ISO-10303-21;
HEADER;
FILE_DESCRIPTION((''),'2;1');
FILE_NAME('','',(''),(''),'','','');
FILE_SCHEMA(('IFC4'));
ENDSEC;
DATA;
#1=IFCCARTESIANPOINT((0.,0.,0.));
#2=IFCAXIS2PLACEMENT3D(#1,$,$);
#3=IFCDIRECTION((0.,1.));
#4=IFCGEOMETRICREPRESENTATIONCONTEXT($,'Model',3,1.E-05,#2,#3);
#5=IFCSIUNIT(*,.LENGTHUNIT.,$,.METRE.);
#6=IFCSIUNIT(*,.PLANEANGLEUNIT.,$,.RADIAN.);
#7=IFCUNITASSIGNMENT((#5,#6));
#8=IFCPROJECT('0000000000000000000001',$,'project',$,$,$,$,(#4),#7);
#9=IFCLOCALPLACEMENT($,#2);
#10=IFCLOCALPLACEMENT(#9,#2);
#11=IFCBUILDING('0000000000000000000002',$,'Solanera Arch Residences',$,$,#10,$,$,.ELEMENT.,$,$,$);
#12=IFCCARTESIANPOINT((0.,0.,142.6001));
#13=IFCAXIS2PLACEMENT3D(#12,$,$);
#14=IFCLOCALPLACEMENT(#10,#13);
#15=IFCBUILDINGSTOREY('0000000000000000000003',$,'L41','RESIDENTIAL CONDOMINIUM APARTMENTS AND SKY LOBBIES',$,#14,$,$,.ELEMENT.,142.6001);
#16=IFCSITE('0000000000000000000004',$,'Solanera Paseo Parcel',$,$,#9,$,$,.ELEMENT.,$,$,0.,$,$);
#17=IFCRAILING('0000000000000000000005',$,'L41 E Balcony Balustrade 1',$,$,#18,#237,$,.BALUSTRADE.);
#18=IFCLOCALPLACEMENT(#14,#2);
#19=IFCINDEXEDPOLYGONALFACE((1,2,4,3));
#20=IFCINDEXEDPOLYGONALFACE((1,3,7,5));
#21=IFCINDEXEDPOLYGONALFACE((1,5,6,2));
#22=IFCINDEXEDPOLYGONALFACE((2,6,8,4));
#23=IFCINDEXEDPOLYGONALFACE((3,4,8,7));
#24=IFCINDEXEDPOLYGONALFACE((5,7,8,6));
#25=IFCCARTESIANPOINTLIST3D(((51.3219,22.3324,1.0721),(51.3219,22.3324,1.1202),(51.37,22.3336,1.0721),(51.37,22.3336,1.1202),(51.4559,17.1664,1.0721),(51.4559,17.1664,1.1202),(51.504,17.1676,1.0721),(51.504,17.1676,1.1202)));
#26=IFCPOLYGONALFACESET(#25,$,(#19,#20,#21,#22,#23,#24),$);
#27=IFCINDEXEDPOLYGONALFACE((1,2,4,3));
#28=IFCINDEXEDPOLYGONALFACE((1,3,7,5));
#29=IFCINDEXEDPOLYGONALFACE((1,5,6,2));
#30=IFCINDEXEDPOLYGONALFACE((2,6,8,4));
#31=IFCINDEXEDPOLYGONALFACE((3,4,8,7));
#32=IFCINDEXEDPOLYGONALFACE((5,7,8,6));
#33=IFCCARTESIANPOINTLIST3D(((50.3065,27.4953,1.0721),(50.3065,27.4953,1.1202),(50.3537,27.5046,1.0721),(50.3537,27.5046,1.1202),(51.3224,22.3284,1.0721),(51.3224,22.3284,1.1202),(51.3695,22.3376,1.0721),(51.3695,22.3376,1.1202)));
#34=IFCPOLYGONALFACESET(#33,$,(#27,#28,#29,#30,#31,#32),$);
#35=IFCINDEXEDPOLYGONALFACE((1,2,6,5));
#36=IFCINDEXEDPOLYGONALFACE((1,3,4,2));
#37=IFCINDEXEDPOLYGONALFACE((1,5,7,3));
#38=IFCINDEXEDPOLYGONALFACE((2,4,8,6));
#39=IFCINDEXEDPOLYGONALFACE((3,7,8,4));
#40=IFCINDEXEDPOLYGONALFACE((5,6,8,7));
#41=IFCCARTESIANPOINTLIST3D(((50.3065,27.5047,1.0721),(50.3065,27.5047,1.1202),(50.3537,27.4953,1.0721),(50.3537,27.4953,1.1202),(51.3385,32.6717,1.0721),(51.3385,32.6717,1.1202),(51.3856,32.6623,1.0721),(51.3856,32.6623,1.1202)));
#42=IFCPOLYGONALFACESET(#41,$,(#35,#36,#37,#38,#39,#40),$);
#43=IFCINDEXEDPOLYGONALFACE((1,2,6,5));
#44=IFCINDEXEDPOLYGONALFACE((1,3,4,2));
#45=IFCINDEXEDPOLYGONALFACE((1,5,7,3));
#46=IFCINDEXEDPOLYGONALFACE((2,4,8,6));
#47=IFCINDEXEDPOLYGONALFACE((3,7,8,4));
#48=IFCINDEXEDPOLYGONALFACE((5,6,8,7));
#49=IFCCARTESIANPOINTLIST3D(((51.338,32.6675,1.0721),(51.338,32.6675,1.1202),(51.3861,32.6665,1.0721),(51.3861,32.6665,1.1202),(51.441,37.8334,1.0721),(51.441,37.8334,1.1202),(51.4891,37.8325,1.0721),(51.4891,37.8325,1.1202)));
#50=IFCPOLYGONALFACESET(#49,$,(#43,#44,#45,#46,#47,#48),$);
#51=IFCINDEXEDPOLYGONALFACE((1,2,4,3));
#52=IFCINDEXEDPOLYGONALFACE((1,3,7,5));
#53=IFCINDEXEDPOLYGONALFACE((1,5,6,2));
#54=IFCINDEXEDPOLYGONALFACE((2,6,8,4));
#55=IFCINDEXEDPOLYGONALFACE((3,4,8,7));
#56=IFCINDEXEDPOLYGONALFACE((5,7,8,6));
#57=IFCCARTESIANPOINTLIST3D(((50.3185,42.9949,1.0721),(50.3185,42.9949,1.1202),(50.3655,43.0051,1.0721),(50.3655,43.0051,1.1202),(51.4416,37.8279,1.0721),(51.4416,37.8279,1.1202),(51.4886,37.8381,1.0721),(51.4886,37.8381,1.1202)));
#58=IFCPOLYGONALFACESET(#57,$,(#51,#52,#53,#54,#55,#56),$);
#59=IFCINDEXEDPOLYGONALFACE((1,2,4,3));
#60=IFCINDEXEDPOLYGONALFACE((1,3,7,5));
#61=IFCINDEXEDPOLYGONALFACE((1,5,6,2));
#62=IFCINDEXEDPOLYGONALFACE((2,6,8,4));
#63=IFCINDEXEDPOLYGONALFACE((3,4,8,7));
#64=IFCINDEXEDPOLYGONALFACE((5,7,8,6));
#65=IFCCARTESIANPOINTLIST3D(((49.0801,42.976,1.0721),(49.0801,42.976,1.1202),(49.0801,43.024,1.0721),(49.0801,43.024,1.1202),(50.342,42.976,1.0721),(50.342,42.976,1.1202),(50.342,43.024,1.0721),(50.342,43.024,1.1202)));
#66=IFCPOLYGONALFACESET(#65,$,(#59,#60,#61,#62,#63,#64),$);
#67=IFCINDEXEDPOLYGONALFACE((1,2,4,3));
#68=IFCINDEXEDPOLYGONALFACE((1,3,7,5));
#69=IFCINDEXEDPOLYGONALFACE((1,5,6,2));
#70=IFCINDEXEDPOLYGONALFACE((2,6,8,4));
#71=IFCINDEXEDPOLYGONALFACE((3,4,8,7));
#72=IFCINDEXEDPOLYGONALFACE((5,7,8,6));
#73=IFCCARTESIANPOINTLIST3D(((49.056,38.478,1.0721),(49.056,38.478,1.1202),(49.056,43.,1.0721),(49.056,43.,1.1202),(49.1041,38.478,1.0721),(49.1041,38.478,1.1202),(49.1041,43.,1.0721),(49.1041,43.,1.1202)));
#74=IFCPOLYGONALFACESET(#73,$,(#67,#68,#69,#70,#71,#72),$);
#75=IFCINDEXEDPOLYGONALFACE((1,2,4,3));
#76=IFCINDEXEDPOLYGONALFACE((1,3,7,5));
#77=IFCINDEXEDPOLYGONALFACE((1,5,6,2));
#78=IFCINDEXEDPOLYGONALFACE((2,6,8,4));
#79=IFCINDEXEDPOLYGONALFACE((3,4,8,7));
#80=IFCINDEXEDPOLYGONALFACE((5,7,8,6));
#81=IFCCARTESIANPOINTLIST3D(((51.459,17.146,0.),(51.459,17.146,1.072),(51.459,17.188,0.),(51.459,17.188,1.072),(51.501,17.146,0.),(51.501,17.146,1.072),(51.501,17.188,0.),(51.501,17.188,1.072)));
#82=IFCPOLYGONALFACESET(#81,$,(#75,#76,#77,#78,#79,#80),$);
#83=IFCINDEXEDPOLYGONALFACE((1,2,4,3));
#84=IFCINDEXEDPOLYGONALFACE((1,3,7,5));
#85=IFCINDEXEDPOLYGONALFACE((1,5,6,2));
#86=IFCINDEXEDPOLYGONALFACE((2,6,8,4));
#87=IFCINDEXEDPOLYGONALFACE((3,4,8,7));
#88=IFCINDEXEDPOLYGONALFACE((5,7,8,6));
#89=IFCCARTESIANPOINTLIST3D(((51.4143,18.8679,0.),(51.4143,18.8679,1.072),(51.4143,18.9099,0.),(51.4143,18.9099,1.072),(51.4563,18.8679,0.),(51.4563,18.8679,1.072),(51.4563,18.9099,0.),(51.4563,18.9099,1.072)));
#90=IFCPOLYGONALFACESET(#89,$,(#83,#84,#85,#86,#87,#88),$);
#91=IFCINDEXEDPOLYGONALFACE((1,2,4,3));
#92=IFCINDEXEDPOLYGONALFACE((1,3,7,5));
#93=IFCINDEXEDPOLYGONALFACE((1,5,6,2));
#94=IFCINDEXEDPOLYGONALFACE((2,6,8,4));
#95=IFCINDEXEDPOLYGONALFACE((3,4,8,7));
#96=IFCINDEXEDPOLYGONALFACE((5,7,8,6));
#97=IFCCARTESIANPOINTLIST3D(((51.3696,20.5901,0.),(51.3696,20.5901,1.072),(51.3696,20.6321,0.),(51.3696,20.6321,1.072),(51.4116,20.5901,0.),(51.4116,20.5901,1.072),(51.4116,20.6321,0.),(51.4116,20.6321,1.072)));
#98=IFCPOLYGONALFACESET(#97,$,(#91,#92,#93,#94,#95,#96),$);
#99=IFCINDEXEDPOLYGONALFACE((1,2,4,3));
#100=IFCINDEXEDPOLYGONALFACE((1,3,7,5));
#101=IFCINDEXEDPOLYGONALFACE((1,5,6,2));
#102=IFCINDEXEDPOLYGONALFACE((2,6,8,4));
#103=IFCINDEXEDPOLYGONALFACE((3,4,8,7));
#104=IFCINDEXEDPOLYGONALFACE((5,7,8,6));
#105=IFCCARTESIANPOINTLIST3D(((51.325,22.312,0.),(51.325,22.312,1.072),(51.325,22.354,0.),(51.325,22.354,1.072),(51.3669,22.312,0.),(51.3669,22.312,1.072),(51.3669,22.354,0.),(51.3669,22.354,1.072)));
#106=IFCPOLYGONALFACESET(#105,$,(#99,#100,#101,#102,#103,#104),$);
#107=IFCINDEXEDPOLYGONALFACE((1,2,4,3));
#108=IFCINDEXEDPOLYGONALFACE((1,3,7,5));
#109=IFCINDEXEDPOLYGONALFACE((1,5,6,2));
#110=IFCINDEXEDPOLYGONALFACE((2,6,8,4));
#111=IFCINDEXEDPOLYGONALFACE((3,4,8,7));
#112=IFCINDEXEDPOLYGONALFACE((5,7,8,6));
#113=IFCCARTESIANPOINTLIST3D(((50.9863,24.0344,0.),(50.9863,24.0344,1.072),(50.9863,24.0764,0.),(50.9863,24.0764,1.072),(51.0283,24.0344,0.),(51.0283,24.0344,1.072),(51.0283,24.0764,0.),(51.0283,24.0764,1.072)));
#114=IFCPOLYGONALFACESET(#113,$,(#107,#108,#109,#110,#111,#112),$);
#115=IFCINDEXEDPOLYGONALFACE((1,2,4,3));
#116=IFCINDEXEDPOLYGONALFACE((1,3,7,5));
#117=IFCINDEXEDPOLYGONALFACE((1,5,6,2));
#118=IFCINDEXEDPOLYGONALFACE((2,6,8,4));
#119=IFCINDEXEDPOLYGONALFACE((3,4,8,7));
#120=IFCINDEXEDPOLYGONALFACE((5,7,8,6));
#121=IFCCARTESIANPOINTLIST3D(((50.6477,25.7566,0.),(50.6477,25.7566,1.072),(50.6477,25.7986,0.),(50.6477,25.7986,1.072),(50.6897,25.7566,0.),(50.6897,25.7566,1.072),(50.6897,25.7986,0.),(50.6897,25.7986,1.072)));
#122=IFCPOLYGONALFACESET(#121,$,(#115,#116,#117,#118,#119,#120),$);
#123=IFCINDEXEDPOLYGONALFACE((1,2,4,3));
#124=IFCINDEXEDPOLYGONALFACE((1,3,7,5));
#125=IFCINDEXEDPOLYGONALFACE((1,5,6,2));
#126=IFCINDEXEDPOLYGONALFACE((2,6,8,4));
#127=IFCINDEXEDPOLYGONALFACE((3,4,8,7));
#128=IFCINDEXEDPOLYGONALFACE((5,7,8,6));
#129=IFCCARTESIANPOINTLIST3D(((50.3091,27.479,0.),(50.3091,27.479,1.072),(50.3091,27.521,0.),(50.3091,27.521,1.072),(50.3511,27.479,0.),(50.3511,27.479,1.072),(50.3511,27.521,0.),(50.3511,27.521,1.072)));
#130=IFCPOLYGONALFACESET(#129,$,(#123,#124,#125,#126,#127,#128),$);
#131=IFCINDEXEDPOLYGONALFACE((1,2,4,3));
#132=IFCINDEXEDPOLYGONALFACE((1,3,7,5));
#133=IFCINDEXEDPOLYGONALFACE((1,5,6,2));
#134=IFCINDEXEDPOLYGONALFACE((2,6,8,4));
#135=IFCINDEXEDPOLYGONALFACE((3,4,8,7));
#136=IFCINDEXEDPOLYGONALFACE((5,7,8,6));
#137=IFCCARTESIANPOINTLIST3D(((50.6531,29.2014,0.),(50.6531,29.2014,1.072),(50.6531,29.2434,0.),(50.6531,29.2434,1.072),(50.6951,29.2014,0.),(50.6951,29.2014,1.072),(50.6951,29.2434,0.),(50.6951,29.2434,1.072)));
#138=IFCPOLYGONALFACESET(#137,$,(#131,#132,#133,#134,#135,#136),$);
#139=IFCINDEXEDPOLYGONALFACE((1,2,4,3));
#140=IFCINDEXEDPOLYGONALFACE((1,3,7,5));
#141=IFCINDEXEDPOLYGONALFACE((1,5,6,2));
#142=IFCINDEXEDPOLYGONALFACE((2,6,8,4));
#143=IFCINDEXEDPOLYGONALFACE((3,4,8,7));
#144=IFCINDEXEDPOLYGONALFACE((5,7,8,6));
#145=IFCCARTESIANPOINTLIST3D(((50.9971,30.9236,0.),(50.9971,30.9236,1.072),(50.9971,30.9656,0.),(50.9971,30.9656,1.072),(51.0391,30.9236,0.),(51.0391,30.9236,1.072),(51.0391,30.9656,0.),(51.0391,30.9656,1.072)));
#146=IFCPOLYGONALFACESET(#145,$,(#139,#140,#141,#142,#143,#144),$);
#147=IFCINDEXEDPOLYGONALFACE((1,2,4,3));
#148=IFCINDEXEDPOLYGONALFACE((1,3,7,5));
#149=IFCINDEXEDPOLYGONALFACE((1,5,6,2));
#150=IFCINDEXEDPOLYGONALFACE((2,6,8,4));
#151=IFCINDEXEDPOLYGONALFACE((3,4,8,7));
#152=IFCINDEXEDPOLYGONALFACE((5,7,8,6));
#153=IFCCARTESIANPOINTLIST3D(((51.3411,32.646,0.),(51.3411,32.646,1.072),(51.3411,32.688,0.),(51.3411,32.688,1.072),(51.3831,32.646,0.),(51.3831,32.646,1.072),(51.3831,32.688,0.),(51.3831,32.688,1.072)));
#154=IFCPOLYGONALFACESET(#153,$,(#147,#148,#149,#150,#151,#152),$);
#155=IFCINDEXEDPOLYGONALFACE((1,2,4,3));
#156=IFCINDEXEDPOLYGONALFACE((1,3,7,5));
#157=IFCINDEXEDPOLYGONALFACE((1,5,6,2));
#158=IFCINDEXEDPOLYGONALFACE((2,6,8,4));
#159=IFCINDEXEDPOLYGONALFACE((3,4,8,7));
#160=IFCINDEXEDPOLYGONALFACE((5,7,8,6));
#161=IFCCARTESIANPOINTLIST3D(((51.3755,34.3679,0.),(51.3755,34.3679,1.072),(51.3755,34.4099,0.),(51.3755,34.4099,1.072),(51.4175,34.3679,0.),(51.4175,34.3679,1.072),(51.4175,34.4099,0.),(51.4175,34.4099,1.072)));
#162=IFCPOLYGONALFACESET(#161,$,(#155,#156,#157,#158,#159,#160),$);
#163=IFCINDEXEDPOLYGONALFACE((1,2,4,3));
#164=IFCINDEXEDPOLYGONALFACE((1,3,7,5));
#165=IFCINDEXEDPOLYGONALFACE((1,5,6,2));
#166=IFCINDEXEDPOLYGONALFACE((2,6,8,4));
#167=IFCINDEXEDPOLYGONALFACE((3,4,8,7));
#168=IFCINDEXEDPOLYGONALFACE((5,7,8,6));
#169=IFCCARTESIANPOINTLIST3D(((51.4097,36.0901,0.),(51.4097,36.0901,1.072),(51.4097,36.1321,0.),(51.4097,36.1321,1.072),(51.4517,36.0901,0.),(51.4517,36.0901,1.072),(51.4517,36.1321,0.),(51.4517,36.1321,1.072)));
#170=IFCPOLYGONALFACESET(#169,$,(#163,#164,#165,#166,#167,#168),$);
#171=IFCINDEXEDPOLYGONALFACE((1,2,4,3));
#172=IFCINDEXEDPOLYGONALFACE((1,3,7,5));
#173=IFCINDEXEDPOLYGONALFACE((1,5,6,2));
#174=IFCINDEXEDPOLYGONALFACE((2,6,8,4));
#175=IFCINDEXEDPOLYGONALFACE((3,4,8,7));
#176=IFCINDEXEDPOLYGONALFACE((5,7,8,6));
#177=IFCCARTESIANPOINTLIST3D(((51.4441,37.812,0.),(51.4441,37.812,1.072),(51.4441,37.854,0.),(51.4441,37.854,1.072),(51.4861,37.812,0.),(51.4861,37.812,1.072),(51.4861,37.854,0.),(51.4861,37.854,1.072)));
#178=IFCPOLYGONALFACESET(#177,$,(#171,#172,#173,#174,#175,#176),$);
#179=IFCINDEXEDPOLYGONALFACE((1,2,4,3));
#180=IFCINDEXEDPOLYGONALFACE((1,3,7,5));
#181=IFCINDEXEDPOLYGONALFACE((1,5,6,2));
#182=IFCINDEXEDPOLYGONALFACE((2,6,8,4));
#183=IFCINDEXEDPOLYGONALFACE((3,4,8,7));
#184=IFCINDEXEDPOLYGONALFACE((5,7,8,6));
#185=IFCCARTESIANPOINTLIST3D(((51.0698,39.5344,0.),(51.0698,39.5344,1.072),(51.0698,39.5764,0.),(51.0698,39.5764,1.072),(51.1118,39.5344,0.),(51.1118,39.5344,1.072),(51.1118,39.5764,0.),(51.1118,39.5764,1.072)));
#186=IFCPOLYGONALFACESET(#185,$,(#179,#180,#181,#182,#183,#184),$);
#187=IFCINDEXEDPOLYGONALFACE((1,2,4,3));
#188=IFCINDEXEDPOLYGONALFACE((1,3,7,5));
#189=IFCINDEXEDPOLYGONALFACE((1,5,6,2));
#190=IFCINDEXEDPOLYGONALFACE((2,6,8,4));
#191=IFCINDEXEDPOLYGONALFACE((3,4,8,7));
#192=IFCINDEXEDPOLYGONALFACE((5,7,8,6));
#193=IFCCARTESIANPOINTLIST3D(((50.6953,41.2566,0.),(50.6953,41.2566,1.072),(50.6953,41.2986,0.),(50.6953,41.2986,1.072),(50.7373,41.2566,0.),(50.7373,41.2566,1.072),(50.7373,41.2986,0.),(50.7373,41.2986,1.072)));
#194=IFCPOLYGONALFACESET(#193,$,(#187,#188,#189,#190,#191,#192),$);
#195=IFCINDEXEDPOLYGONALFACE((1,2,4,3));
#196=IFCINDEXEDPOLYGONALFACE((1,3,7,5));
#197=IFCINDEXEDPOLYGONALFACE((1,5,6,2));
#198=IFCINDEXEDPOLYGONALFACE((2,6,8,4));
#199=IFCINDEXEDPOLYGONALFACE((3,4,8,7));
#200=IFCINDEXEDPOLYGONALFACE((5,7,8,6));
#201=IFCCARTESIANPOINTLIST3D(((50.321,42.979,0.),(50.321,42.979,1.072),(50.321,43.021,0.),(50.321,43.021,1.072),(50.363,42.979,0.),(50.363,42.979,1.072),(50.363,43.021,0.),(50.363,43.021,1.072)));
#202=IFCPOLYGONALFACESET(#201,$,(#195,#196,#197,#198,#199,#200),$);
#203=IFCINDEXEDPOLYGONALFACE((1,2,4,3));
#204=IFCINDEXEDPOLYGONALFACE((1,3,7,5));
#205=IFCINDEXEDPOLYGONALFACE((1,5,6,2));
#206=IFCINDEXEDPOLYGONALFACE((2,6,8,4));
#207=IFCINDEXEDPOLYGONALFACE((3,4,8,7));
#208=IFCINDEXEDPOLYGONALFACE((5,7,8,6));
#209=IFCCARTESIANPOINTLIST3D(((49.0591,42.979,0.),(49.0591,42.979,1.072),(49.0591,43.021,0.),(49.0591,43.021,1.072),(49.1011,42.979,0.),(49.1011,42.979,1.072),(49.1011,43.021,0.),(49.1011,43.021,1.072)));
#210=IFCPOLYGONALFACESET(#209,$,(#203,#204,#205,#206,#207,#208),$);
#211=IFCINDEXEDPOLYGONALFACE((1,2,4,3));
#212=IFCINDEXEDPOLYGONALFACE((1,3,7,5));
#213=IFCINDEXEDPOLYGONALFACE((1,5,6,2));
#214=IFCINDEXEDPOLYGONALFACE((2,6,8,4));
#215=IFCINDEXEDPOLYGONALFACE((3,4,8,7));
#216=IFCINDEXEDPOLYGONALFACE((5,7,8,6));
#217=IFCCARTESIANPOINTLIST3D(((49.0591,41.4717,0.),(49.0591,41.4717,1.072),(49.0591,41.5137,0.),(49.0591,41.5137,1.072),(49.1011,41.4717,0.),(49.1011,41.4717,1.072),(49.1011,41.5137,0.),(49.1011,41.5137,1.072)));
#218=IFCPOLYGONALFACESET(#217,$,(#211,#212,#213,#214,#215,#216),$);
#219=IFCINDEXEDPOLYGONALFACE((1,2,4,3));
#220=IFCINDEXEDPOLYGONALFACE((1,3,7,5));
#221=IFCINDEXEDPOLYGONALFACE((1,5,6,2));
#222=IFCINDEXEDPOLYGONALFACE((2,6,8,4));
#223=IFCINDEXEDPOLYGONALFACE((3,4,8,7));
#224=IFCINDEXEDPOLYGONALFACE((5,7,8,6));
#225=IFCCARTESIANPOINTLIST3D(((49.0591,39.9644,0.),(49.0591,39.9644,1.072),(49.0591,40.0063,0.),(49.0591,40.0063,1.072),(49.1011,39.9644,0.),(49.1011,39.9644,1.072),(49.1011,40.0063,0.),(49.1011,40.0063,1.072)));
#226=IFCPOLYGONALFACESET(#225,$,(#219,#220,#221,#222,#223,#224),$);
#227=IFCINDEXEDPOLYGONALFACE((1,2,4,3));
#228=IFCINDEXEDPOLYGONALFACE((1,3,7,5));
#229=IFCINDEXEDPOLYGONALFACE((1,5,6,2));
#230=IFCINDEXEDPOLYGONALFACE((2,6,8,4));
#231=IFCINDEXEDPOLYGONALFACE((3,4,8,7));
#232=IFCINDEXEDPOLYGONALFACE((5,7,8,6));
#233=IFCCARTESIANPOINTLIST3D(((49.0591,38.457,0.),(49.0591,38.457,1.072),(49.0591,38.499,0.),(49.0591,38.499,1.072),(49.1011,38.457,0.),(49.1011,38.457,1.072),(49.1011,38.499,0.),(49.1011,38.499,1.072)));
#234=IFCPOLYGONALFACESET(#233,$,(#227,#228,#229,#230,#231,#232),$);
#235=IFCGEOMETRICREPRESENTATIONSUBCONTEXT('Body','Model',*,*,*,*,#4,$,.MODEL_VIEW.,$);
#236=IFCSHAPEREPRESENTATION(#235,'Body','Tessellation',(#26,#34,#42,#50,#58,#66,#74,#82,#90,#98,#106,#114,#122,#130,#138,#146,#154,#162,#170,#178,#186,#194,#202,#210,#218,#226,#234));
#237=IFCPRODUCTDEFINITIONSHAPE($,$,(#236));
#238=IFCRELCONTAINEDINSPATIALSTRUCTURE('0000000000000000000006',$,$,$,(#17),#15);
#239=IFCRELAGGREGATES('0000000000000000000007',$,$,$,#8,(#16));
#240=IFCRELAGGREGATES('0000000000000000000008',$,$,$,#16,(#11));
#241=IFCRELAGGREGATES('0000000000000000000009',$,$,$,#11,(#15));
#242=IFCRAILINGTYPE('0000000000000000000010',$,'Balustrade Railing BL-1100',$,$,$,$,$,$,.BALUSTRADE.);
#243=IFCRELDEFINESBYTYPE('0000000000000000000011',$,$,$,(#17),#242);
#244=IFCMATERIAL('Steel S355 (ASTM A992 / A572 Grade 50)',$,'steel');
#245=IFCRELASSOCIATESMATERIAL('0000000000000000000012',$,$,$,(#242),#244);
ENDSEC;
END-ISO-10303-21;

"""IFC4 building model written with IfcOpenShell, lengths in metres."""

from ifc_helpers import new_model, si_unit, direction, frame, origin, origin_2d, place, context, subcontext, project, spatial, rectangle, extrude, material, type_object, element, save


model = new_model("IFC4")

# Units and contexts
model_context = context("Model", 3, precision=1e-05, world=origin(), true_north=direction((0.0, 1.0)))
body_context = subcontext(model_context, "Body", "Model", "MODEL_VIEW")
ifc_project = project(units=[si_unit("LENGTHUNIT", "METRE"), si_unit("PLANEANGLEUNIT", "RADIAN")], contexts=[model_context])

# Site, building, storey
site_placement = place(None, origin())
site = spatial("IfcSite", under=ifc_project, at=site_placement, Name="Solanera Paseo Parcel", CompositionType="ELEMENT", RefElevation=0.0)
building_placement = place(site_placement, origin())
building = spatial("IfcBuilding", under=site, at=building_placement, Name="Solanera Arch Residences", CompositionType="ELEMENT")
storey_placement = place(building_placement, frame((0.0, 0.0, 142.6001)))
storey = spatial("IfcBuildingStorey", under=building, at=storey_placement, Name="L41", Description="RESIDENTIAL CONDOMINIUM APARTMENTS AND SKY LOBBIES", CompositionType="ELEMENT", Elevation=142.6001)

# Railing
ifc_material_1 = material(Name="Steel S355 (ASTM A992 / A572 Grade 50)", Category="steel")
railing_type = type_object("IfcRailingType", Name="Balustrade Railing BL-1100", PredefinedType="BALUSTRADE", material=ifc_material_1)
railing_1_placement = place(storey_placement, frame((51.48, 17.167, 0.0)))
element("IfcRailing", 1, at=railing_1_placement, inside=storey, type_object=railing_type, Name="L41 E Balcony Balustrade 1", PredefinedType="BALUSTRADE", context=body_context, shape_type="SweptSolid", body=[
    extrude(rectangle(XDim=0.0481, YDim=0.0481, at=origin_2d()), frame((0.0, 0.0, 1.0962), z_axis=(-0.025936, 0.999664, 0.0), x_axis=(-0.999664, -0.025936, 0.0)), (0.0, 0.0, 1.0), 5.1677),
    extrude(rectangle(XDim=0.0481, YDim=0.0481, at=origin_2d()), frame((-0.134, 5.166, 1.0962), z_axis=(-0.192914, 0.981216, 0.0), x_axis=(-0.981216, -0.192914, 0.0)), (0.0, 0.0, 1.0), 5.2659),
    extrude(rectangle(XDim=0.0481, YDim=0.0481, at=origin_2d()), frame((-1.1499, 10.333, 1.0962), z_axis=(0.195858, 0.980632, 0.0), x_axis=(-0.980632, 0.195858, 0.0)), (0.0, 0.0, 1.0), 5.269),
    extrude(rectangle(XDim=0.0481, YDim=0.0481, at=origin_2d()), frame((-0.1179, 15.5, 1.0962), z_axis=(0.019939, 0.999801, 0.0), x_axis=(-0.999801, 0.019939, 0.0)), (0.0, 0.0, 1.0), 5.167),
    extrude(rectangle(XDim=0.0481, YDim=0.0481, at=origin_2d()), frame((-0.0149, 20.666, 1.0962), z_axis=(-0.212391, 0.977185, 0.0), x_axis=(-0.977185, -0.212391, 0.0)), (0.0, 0.0, 1.0), 5.2876),
    extrude(rectangle(XDim=0.0481, YDim=0.0481, at=origin_2d()), frame((-1.1379, 25.833, 1.0962), z_axis=(-1.0, 0.0, 0.0), x_axis=(0.0, -1.0, 0.0)), (0.0, 0.0, 1.0), 1.262),
    extrude(rectangle(XDim=0.0481, YDim=0.0481, at=origin_2d()), frame((-2.3999, 25.833, 1.0962), z_axis=(0.0, -1.0, 0.0), x_axis=(1.0, 0.0, 0.0)), (0.0, 0.0, 1.0), 4.522),
    extrude(rectangle(XDim=0.042, YDim=0.042, at=origin_2d()), origin(), (0.0, 0.0, 1.0), 1.072),
    extrude(rectangle(XDim=0.042, YDim=0.042, at=origin_2d()), frame((-0.0447, 1.7219, 0.0)), (0.0, 0.0, 1.0), 1.072),
    extrude(rectangle(XDim=0.042, YDim=0.042, at=origin_2d()), frame((-0.0894, 3.4441, 0.0)), (0.0, 0.0, 1.0), 1.072),
    extrude(rectangle(XDim=0.042, YDim=0.042, at=origin_2d()), frame((-0.134, 5.166, 0.0)), (0.0, 0.0, 1.0), 1.072),
    extrude(rectangle(XDim=0.042, YDim=0.042, at=origin_2d()), frame((-0.4727, 6.8884, 0.0)), (0.0, 0.0, 1.0), 1.072),
    extrude(rectangle(XDim=0.042, YDim=0.042, at=origin_2d()), frame((-0.8113, 8.6106, 0.0)), (0.0, 0.0, 1.0), 1.072),
    extrude(rectangle(XDim=0.042, YDim=0.042, at=origin_2d()), frame((-1.1499, 10.333, 0.0)), (0.0, 0.0, 1.0), 1.072),
    extrude(rectangle(XDim=0.042, YDim=0.042, at=origin_2d()), frame((-0.8059, 12.0554, 0.0)), (0.0, 0.0, 1.0), 1.072),
    extrude(rectangle(XDim=0.042, YDim=0.042, at=origin_2d()), frame((-0.4619, 13.7776, 0.0)), (0.0, 0.0, 1.0), 1.072),
    extrude(rectangle(XDim=0.042, YDim=0.042, at=origin_2d()), frame((-0.1179, 15.5, 0.0)), (0.0, 0.0, 1.0), 1.072),
    extrude(rectangle(XDim=0.042, YDim=0.042, at=origin_2d()), frame((-0.0835, 17.2219, 0.0)), (0.0, 0.0, 1.0), 1.072),
    extrude(rectangle(XDim=0.042, YDim=0.042, at=origin_2d()), frame((-0.0493, 18.9441, 0.0)), (0.0, 0.0, 1.0), 1.072),
    extrude(rectangle(XDim=0.042, YDim=0.042, at=origin_2d()), frame((-0.0149, 20.666, 0.0)), (0.0, 0.0, 1.0), 1.072),
    extrude(rectangle(XDim=0.042, YDim=0.042, at=origin_2d()), frame((-0.3892, 22.3884, 0.0)), (0.0, 0.0, 1.0), 1.072),
    extrude(rectangle(XDim=0.042, YDim=0.042, at=origin_2d()), frame((-0.7637, 24.1106, 0.0)), (0.0, 0.0, 1.0), 1.072),
    extrude(rectangle(XDim=0.042, YDim=0.042, at=origin_2d()), frame((-1.1379, 25.833, 0.0)), (0.0, 0.0, 1.0), 1.072),
    extrude(rectangle(XDim=0.042, YDim=0.042, at=origin_2d()), frame((-2.3999, 25.833, 0.0)), (0.0, 0.0, 1.0), 1.072),
    extrude(rectangle(XDim=0.042, YDim=0.042, at=origin_2d()), frame((-2.3999, 24.3257, 0.0)), (0.0, 0.0, 1.0), 1.072),
    extrude(rectangle(XDim=0.042, YDim=0.042, at=origin_2d()), frame((-2.3999, 22.8184, 0.0)), (0.0, 0.0, 1.0), 1.072),
    extrude(rectangle(XDim=0.042, YDim=0.042, at=origin_2d()), frame((-2.3999, 21.311, 0.0)), (0.0, 0.0, 1.0), 1.072),
])

save(model, "model.ifc")
